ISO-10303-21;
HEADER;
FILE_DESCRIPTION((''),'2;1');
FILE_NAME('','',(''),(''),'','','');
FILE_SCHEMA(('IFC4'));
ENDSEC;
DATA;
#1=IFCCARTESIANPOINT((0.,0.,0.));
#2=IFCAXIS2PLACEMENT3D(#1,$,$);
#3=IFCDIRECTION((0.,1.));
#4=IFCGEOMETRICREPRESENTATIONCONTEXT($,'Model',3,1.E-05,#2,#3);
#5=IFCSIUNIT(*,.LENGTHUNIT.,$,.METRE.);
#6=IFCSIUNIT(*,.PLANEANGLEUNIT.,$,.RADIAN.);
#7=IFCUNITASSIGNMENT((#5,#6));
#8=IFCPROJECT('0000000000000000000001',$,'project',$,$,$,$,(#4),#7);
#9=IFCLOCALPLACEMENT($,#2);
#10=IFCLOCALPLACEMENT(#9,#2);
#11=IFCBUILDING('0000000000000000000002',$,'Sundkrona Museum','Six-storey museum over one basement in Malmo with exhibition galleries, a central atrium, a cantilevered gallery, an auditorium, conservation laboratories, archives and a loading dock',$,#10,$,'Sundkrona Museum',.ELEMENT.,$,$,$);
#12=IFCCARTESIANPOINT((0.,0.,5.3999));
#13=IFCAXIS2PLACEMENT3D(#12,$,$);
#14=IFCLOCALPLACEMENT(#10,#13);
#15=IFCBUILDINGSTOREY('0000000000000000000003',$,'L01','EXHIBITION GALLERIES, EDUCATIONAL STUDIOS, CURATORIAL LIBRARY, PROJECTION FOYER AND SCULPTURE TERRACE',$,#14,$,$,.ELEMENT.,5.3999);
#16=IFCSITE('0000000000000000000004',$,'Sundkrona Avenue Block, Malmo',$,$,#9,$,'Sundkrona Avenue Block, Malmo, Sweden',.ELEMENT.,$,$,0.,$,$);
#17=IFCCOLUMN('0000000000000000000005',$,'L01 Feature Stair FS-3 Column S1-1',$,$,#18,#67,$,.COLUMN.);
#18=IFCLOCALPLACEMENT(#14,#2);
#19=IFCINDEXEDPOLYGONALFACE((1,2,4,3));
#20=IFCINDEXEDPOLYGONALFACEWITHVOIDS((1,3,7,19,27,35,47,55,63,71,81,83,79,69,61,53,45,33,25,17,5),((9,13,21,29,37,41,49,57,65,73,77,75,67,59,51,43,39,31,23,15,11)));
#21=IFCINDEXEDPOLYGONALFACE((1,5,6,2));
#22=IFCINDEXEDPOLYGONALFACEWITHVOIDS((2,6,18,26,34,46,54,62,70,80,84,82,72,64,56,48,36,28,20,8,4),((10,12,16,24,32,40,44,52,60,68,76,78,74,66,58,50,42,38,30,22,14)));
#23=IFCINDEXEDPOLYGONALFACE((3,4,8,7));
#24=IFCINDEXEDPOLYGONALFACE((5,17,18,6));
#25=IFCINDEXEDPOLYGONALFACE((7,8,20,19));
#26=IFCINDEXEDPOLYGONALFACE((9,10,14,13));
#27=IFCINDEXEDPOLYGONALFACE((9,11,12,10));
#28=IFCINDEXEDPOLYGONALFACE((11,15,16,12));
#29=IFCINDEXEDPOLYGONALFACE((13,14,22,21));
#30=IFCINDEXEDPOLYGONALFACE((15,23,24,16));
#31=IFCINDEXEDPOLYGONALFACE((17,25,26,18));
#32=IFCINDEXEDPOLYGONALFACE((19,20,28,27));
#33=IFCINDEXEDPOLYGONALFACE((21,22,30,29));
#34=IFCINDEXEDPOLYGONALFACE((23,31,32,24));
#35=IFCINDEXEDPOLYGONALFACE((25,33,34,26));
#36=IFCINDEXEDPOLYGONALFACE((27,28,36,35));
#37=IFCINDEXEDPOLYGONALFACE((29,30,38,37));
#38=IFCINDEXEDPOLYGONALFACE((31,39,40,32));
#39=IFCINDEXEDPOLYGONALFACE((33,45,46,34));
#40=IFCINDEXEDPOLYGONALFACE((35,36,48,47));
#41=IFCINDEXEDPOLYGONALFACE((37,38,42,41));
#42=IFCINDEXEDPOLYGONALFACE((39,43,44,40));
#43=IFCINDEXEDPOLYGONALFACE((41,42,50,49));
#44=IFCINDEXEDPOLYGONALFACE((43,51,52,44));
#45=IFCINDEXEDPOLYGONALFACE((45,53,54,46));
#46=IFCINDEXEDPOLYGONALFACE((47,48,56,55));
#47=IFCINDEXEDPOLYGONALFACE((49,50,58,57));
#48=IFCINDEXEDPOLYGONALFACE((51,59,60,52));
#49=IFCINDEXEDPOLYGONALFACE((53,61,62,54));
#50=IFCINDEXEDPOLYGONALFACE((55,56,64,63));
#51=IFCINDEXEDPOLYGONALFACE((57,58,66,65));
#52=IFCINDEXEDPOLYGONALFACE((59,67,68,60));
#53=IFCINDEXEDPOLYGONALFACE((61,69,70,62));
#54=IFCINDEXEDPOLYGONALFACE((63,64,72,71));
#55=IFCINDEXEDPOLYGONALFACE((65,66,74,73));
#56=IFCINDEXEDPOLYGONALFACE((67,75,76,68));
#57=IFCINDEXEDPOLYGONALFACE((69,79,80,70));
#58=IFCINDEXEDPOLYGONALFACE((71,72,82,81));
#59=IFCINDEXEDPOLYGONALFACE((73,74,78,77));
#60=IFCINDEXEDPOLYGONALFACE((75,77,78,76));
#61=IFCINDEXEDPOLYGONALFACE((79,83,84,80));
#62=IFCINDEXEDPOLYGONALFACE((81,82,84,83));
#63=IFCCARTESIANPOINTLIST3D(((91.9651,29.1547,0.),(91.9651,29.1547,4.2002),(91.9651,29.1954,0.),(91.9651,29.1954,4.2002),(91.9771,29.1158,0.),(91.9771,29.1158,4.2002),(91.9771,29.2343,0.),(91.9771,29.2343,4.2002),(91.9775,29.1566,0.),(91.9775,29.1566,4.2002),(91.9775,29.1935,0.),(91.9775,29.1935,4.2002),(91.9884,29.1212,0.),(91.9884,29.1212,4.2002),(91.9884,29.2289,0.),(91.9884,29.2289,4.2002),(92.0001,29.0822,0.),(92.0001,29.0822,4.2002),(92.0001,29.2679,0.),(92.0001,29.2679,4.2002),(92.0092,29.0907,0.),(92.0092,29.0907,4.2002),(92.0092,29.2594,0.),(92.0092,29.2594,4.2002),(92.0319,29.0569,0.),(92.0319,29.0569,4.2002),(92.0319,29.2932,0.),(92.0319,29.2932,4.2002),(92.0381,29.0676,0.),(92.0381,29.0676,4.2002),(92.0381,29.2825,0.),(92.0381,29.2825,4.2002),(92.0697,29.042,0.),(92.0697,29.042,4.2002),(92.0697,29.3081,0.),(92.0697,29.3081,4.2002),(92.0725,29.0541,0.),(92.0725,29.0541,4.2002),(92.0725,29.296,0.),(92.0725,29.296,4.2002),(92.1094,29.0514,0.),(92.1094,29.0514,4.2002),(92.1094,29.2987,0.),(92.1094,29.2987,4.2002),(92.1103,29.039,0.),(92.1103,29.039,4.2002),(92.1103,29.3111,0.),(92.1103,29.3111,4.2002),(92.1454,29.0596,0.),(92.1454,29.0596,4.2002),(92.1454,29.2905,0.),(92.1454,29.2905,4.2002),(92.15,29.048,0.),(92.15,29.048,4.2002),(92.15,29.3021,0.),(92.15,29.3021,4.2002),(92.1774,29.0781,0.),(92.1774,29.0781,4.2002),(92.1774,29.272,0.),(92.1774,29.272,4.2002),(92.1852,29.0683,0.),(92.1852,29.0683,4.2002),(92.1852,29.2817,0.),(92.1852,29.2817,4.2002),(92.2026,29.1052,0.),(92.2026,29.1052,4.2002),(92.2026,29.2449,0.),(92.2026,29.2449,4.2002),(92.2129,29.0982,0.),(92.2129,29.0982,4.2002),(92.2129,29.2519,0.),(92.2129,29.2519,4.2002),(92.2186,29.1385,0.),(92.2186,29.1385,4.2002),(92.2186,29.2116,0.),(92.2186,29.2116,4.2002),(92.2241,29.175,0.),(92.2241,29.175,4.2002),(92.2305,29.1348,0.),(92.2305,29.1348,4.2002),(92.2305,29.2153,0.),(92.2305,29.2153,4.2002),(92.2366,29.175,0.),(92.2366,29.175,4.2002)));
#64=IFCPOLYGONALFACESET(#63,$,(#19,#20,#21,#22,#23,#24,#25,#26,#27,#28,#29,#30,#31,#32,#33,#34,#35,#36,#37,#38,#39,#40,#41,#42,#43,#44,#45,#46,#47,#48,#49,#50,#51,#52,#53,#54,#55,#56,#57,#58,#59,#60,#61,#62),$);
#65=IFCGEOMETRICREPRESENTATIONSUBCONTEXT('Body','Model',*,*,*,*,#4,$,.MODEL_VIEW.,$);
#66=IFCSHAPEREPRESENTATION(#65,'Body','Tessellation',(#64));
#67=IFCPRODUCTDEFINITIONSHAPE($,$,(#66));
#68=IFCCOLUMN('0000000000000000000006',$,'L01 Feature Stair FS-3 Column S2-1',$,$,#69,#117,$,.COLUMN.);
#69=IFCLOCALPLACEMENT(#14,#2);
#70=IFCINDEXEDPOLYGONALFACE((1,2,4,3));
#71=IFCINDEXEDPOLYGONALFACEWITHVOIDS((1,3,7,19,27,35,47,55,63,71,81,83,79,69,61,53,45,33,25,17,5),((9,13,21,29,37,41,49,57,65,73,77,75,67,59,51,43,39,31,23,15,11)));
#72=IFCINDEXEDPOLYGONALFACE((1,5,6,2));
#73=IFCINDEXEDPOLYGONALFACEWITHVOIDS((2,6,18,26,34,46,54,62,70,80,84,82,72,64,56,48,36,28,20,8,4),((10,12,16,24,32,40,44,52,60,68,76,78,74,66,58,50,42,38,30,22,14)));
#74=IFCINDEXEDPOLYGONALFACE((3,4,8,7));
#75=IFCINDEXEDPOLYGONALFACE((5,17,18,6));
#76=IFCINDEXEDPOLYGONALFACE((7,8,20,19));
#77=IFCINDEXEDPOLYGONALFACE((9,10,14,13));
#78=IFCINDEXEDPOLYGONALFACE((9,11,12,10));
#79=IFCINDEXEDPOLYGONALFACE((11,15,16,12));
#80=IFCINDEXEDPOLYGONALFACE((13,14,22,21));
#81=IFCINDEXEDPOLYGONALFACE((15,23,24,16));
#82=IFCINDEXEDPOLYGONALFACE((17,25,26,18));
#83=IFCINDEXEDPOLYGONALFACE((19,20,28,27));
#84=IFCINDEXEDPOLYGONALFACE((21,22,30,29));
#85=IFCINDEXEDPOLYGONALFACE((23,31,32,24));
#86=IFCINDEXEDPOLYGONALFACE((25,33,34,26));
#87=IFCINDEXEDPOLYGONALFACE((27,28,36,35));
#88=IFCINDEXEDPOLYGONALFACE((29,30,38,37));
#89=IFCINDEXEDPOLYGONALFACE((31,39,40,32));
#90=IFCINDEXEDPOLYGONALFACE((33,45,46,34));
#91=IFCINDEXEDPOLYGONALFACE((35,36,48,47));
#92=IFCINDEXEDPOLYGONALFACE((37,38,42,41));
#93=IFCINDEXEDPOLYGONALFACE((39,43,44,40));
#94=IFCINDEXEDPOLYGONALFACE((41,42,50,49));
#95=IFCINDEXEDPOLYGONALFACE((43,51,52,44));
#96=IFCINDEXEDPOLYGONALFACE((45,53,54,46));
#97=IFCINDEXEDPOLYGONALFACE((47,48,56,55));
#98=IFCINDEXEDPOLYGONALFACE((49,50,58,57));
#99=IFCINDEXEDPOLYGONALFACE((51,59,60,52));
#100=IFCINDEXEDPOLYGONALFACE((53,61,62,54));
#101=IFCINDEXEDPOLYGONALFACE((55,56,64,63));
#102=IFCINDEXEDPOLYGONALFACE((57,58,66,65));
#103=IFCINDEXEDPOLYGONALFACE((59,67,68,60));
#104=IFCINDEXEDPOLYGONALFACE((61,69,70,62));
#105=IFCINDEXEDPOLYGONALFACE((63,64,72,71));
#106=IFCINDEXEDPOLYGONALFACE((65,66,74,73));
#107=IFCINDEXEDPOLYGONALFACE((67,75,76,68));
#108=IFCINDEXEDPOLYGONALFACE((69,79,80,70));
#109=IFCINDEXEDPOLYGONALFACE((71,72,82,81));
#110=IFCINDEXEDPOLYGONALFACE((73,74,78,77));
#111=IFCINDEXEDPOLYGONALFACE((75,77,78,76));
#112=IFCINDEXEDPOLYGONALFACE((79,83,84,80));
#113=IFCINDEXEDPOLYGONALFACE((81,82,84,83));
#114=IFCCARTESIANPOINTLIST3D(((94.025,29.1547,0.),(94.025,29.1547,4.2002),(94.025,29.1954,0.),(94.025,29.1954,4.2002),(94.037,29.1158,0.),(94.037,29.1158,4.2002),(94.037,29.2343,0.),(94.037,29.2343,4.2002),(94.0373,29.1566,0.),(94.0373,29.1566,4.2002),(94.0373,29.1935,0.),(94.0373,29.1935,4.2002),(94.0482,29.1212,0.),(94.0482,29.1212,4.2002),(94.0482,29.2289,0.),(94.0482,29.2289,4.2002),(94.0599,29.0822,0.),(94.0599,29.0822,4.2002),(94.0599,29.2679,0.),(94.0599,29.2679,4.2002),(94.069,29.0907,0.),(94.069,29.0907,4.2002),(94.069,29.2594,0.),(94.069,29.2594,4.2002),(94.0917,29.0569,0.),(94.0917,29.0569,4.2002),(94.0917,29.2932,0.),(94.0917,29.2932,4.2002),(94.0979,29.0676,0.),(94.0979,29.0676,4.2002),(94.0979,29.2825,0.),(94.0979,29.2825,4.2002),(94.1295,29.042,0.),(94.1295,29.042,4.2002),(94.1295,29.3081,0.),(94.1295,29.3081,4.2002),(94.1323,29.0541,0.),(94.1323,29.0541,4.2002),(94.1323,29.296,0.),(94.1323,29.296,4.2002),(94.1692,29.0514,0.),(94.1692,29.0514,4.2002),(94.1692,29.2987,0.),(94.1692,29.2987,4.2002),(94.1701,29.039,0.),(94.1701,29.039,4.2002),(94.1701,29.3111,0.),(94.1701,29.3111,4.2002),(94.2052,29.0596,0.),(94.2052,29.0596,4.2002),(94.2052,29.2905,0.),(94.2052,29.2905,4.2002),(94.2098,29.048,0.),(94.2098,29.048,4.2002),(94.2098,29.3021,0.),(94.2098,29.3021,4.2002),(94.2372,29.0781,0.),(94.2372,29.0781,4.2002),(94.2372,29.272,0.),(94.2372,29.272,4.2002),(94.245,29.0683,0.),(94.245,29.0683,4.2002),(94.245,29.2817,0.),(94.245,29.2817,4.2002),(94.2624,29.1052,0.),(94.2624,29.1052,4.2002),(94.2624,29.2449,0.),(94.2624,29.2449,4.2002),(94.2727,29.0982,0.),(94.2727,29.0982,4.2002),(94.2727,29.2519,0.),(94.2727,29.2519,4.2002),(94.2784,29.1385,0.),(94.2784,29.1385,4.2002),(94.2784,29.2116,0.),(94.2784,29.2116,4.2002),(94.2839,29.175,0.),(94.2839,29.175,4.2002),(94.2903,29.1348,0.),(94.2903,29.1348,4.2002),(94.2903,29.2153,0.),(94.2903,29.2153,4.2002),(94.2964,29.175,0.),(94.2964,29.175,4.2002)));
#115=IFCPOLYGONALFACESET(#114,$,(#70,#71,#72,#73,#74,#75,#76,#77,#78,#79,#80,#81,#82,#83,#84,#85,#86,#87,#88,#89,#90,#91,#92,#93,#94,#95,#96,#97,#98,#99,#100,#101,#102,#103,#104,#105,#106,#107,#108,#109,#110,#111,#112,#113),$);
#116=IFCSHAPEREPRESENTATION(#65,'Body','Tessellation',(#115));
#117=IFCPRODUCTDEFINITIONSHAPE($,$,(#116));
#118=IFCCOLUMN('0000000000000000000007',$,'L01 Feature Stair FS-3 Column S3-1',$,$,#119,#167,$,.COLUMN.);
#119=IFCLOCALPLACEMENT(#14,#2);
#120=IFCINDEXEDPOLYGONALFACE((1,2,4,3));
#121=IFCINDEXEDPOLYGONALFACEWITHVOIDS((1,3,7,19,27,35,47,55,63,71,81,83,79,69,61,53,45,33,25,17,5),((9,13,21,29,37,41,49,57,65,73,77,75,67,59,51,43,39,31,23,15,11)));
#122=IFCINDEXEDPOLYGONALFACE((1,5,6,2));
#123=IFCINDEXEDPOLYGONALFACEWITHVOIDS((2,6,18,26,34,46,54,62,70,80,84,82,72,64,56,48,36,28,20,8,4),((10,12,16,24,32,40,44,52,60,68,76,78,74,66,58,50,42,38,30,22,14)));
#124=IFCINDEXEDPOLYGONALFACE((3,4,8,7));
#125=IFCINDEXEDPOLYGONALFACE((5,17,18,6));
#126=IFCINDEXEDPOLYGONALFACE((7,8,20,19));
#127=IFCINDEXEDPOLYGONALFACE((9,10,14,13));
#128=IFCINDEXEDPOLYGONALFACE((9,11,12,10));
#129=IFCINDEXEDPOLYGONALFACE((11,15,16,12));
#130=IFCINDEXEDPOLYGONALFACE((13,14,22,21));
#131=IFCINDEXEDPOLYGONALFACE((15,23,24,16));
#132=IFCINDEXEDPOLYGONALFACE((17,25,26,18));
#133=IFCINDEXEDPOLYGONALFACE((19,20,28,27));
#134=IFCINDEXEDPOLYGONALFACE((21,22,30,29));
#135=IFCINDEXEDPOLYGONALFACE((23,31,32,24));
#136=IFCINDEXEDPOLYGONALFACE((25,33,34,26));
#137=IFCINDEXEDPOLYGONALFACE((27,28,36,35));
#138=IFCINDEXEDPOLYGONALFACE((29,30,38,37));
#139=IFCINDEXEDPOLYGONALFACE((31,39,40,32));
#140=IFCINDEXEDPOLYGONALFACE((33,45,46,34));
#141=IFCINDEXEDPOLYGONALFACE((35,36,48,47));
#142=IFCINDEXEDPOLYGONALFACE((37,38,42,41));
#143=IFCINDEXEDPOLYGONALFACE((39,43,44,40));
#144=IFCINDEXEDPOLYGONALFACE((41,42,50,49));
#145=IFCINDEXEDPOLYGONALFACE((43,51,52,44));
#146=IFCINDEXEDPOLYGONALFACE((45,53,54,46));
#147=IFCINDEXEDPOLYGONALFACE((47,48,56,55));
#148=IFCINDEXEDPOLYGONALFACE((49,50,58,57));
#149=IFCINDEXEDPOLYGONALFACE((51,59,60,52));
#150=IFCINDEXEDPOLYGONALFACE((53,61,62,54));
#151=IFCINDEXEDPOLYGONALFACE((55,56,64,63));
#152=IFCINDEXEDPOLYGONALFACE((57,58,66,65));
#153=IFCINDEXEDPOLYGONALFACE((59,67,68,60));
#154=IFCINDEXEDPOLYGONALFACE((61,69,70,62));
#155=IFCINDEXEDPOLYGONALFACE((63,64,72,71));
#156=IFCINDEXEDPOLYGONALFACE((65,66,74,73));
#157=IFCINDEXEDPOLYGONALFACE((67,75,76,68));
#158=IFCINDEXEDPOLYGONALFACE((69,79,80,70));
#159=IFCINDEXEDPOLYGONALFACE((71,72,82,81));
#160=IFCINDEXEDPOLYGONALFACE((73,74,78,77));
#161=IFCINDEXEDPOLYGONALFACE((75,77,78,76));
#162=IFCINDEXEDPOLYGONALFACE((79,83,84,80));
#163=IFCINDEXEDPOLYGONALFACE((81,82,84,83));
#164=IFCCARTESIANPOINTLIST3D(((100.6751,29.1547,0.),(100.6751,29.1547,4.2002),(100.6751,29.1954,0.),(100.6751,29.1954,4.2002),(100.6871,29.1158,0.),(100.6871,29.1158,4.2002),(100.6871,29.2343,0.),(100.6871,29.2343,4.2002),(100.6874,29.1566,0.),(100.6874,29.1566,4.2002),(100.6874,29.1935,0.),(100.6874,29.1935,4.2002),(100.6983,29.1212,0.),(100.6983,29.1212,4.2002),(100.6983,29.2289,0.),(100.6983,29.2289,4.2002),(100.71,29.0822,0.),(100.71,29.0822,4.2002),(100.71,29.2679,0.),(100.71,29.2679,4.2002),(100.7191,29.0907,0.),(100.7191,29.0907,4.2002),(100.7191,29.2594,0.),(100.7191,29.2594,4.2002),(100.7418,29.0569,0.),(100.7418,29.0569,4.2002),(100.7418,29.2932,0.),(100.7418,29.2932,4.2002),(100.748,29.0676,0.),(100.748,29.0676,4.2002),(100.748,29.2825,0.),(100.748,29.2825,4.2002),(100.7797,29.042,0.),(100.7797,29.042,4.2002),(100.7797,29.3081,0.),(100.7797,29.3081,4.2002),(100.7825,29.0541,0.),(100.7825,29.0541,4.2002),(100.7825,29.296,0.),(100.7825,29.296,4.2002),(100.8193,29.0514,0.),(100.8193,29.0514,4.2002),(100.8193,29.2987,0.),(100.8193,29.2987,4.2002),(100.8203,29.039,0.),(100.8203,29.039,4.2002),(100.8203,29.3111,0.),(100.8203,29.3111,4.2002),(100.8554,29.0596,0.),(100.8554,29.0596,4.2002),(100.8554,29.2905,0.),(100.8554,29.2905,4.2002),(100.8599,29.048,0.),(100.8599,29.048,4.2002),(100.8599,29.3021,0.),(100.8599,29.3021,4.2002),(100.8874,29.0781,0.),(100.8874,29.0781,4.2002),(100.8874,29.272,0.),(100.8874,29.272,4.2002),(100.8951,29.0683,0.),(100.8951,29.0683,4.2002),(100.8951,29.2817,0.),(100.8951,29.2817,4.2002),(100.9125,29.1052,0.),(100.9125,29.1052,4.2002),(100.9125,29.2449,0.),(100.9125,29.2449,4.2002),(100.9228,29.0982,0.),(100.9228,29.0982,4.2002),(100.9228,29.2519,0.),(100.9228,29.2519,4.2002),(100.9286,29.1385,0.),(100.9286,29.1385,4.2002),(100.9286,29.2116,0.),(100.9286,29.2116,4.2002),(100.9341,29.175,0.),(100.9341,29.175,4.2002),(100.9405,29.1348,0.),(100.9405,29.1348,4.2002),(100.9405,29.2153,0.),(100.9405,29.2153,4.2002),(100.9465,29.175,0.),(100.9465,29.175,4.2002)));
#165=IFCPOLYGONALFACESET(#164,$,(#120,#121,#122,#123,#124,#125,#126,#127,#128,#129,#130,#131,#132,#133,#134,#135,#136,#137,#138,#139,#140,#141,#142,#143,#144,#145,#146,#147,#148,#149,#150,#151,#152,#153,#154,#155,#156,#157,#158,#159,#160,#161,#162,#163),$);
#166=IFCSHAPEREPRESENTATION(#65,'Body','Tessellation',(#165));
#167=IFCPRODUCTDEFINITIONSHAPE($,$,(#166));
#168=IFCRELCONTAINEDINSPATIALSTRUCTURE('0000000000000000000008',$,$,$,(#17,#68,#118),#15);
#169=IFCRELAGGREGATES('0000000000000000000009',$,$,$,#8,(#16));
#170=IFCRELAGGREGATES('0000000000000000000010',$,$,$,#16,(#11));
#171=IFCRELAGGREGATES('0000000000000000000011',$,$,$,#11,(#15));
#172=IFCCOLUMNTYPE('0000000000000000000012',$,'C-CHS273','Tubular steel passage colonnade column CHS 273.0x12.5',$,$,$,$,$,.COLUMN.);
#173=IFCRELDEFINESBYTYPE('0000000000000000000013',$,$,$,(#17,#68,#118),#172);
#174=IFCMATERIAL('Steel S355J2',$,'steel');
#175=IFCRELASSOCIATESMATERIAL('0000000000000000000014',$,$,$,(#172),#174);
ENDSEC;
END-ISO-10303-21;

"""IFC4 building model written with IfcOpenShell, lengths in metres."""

from ifc_helpers import new_model, si_unit, direction, frame, origin, origin_2d, place, context, subcontext, project, spatial, hollow_circle, extrude, material, material_profile, profile_set, type_object, element, save


model = new_model("IFC4")

# Units and contexts
model_context = context("Model", 3, precision=1e-05, world=origin(), true_north=direction((0.0, 1.0)))
body_context = subcontext(model_context, "Body", "Model", "MODEL_VIEW")
ifc_project = project(units=[si_unit("LENGTHUNIT", "METRE"), si_unit("PLANEANGLEUNIT", "RADIAN")], contexts=[model_context])

# Site, building, storey
site_placement = place(None, origin())
site = spatial("IfcSite", under=ifc_project, at=site_placement, Name="Sundkrona Avenue Block, Malmo", LongName="Sundkrona Avenue Block, Malmo, Sweden", CompositionType="ELEMENT", RefElevation=0.0)
building_placement = place(site_placement, origin())
building = spatial("IfcBuilding", under=site, at=building_placement, Name="Sundkrona Museum", Description="Six-storey museum over one basement in Malmo with exhibition galleries, a central atrium, a cantilevered gallery, an auditorium, conservation laboratories, archives and a loading dock", LongName="Sundkrona Museum", CompositionType="ELEMENT")
storey_placement = place(building_placement, frame((0.0, 0.0, 5.3999)))
storey = spatial("IfcBuildingStorey", under=building, at=storey_placement, Name="L01", Description="EXHIBITION GALLERIES, EDUCATIONAL STUDIOS, CURATORIAL LIBRARY, PROJECTION FOYER AND SCULPTURE TERRACE", CompositionType="ELEMENT", Elevation=5.3999)

# Columns
ifc_material_1 = material(Name="Steel S355J2", Category="steel")
ifc_material_profile_1 = material_profile(ifc_material_1, hollow_circle(Radius=0.1365, WallThickness=0.0125, at=origin_2d()), Name="CHS 273.0x12.5")
ifc_profile_set_1 = profile_set([ifc_material_profile_1], Name="Steel S355J2")
column_type_1 = type_object("IfcColumnType", Name="C-CHS273", Description="Tubular steel passage colonnade column CHS 273.0x12.5", PredefinedType="COLUMN", material=ifc_profile_set_1)
for number, where, z_axis, x_axis, name in (
    (1, (92.1001, 29.175, 0.0), (0.0, 0.0, 1.0), (1.0, 0.0, 0.0), "L01 Feature Stair FS-3 Column S1-1"),
    (2, (94.1599, 29.175, 0.0), (0.0, 0.0, 1.0), (1.0, 0.0, 0.0), "L01 Feature Stair FS-3 Column S2-1"),
    (3, (100.8101, 29.175, 0.0), (0.0, 0.0, 1.0), (1.0, 0.0, 0.0), "L01 Feature Stair FS-3 Column S3-1"),
):
    element("IfcColumn", number, at=place(storey_placement, frame(where, z_axis=z_axis, x_axis=x_axis)), inside=storey, type_object=column_type_1, Name=name, PredefinedType="COLUMN", context=body_context, shape_type="SweptSolid", body=[
        extrude(hollow_circle(Radius=0.1365, WallThickness=0.0125, at=origin_2d()), origin(), (0.0, 0.0, 1.0), 4.2002),
    ])

save(model, "model.ifc")
